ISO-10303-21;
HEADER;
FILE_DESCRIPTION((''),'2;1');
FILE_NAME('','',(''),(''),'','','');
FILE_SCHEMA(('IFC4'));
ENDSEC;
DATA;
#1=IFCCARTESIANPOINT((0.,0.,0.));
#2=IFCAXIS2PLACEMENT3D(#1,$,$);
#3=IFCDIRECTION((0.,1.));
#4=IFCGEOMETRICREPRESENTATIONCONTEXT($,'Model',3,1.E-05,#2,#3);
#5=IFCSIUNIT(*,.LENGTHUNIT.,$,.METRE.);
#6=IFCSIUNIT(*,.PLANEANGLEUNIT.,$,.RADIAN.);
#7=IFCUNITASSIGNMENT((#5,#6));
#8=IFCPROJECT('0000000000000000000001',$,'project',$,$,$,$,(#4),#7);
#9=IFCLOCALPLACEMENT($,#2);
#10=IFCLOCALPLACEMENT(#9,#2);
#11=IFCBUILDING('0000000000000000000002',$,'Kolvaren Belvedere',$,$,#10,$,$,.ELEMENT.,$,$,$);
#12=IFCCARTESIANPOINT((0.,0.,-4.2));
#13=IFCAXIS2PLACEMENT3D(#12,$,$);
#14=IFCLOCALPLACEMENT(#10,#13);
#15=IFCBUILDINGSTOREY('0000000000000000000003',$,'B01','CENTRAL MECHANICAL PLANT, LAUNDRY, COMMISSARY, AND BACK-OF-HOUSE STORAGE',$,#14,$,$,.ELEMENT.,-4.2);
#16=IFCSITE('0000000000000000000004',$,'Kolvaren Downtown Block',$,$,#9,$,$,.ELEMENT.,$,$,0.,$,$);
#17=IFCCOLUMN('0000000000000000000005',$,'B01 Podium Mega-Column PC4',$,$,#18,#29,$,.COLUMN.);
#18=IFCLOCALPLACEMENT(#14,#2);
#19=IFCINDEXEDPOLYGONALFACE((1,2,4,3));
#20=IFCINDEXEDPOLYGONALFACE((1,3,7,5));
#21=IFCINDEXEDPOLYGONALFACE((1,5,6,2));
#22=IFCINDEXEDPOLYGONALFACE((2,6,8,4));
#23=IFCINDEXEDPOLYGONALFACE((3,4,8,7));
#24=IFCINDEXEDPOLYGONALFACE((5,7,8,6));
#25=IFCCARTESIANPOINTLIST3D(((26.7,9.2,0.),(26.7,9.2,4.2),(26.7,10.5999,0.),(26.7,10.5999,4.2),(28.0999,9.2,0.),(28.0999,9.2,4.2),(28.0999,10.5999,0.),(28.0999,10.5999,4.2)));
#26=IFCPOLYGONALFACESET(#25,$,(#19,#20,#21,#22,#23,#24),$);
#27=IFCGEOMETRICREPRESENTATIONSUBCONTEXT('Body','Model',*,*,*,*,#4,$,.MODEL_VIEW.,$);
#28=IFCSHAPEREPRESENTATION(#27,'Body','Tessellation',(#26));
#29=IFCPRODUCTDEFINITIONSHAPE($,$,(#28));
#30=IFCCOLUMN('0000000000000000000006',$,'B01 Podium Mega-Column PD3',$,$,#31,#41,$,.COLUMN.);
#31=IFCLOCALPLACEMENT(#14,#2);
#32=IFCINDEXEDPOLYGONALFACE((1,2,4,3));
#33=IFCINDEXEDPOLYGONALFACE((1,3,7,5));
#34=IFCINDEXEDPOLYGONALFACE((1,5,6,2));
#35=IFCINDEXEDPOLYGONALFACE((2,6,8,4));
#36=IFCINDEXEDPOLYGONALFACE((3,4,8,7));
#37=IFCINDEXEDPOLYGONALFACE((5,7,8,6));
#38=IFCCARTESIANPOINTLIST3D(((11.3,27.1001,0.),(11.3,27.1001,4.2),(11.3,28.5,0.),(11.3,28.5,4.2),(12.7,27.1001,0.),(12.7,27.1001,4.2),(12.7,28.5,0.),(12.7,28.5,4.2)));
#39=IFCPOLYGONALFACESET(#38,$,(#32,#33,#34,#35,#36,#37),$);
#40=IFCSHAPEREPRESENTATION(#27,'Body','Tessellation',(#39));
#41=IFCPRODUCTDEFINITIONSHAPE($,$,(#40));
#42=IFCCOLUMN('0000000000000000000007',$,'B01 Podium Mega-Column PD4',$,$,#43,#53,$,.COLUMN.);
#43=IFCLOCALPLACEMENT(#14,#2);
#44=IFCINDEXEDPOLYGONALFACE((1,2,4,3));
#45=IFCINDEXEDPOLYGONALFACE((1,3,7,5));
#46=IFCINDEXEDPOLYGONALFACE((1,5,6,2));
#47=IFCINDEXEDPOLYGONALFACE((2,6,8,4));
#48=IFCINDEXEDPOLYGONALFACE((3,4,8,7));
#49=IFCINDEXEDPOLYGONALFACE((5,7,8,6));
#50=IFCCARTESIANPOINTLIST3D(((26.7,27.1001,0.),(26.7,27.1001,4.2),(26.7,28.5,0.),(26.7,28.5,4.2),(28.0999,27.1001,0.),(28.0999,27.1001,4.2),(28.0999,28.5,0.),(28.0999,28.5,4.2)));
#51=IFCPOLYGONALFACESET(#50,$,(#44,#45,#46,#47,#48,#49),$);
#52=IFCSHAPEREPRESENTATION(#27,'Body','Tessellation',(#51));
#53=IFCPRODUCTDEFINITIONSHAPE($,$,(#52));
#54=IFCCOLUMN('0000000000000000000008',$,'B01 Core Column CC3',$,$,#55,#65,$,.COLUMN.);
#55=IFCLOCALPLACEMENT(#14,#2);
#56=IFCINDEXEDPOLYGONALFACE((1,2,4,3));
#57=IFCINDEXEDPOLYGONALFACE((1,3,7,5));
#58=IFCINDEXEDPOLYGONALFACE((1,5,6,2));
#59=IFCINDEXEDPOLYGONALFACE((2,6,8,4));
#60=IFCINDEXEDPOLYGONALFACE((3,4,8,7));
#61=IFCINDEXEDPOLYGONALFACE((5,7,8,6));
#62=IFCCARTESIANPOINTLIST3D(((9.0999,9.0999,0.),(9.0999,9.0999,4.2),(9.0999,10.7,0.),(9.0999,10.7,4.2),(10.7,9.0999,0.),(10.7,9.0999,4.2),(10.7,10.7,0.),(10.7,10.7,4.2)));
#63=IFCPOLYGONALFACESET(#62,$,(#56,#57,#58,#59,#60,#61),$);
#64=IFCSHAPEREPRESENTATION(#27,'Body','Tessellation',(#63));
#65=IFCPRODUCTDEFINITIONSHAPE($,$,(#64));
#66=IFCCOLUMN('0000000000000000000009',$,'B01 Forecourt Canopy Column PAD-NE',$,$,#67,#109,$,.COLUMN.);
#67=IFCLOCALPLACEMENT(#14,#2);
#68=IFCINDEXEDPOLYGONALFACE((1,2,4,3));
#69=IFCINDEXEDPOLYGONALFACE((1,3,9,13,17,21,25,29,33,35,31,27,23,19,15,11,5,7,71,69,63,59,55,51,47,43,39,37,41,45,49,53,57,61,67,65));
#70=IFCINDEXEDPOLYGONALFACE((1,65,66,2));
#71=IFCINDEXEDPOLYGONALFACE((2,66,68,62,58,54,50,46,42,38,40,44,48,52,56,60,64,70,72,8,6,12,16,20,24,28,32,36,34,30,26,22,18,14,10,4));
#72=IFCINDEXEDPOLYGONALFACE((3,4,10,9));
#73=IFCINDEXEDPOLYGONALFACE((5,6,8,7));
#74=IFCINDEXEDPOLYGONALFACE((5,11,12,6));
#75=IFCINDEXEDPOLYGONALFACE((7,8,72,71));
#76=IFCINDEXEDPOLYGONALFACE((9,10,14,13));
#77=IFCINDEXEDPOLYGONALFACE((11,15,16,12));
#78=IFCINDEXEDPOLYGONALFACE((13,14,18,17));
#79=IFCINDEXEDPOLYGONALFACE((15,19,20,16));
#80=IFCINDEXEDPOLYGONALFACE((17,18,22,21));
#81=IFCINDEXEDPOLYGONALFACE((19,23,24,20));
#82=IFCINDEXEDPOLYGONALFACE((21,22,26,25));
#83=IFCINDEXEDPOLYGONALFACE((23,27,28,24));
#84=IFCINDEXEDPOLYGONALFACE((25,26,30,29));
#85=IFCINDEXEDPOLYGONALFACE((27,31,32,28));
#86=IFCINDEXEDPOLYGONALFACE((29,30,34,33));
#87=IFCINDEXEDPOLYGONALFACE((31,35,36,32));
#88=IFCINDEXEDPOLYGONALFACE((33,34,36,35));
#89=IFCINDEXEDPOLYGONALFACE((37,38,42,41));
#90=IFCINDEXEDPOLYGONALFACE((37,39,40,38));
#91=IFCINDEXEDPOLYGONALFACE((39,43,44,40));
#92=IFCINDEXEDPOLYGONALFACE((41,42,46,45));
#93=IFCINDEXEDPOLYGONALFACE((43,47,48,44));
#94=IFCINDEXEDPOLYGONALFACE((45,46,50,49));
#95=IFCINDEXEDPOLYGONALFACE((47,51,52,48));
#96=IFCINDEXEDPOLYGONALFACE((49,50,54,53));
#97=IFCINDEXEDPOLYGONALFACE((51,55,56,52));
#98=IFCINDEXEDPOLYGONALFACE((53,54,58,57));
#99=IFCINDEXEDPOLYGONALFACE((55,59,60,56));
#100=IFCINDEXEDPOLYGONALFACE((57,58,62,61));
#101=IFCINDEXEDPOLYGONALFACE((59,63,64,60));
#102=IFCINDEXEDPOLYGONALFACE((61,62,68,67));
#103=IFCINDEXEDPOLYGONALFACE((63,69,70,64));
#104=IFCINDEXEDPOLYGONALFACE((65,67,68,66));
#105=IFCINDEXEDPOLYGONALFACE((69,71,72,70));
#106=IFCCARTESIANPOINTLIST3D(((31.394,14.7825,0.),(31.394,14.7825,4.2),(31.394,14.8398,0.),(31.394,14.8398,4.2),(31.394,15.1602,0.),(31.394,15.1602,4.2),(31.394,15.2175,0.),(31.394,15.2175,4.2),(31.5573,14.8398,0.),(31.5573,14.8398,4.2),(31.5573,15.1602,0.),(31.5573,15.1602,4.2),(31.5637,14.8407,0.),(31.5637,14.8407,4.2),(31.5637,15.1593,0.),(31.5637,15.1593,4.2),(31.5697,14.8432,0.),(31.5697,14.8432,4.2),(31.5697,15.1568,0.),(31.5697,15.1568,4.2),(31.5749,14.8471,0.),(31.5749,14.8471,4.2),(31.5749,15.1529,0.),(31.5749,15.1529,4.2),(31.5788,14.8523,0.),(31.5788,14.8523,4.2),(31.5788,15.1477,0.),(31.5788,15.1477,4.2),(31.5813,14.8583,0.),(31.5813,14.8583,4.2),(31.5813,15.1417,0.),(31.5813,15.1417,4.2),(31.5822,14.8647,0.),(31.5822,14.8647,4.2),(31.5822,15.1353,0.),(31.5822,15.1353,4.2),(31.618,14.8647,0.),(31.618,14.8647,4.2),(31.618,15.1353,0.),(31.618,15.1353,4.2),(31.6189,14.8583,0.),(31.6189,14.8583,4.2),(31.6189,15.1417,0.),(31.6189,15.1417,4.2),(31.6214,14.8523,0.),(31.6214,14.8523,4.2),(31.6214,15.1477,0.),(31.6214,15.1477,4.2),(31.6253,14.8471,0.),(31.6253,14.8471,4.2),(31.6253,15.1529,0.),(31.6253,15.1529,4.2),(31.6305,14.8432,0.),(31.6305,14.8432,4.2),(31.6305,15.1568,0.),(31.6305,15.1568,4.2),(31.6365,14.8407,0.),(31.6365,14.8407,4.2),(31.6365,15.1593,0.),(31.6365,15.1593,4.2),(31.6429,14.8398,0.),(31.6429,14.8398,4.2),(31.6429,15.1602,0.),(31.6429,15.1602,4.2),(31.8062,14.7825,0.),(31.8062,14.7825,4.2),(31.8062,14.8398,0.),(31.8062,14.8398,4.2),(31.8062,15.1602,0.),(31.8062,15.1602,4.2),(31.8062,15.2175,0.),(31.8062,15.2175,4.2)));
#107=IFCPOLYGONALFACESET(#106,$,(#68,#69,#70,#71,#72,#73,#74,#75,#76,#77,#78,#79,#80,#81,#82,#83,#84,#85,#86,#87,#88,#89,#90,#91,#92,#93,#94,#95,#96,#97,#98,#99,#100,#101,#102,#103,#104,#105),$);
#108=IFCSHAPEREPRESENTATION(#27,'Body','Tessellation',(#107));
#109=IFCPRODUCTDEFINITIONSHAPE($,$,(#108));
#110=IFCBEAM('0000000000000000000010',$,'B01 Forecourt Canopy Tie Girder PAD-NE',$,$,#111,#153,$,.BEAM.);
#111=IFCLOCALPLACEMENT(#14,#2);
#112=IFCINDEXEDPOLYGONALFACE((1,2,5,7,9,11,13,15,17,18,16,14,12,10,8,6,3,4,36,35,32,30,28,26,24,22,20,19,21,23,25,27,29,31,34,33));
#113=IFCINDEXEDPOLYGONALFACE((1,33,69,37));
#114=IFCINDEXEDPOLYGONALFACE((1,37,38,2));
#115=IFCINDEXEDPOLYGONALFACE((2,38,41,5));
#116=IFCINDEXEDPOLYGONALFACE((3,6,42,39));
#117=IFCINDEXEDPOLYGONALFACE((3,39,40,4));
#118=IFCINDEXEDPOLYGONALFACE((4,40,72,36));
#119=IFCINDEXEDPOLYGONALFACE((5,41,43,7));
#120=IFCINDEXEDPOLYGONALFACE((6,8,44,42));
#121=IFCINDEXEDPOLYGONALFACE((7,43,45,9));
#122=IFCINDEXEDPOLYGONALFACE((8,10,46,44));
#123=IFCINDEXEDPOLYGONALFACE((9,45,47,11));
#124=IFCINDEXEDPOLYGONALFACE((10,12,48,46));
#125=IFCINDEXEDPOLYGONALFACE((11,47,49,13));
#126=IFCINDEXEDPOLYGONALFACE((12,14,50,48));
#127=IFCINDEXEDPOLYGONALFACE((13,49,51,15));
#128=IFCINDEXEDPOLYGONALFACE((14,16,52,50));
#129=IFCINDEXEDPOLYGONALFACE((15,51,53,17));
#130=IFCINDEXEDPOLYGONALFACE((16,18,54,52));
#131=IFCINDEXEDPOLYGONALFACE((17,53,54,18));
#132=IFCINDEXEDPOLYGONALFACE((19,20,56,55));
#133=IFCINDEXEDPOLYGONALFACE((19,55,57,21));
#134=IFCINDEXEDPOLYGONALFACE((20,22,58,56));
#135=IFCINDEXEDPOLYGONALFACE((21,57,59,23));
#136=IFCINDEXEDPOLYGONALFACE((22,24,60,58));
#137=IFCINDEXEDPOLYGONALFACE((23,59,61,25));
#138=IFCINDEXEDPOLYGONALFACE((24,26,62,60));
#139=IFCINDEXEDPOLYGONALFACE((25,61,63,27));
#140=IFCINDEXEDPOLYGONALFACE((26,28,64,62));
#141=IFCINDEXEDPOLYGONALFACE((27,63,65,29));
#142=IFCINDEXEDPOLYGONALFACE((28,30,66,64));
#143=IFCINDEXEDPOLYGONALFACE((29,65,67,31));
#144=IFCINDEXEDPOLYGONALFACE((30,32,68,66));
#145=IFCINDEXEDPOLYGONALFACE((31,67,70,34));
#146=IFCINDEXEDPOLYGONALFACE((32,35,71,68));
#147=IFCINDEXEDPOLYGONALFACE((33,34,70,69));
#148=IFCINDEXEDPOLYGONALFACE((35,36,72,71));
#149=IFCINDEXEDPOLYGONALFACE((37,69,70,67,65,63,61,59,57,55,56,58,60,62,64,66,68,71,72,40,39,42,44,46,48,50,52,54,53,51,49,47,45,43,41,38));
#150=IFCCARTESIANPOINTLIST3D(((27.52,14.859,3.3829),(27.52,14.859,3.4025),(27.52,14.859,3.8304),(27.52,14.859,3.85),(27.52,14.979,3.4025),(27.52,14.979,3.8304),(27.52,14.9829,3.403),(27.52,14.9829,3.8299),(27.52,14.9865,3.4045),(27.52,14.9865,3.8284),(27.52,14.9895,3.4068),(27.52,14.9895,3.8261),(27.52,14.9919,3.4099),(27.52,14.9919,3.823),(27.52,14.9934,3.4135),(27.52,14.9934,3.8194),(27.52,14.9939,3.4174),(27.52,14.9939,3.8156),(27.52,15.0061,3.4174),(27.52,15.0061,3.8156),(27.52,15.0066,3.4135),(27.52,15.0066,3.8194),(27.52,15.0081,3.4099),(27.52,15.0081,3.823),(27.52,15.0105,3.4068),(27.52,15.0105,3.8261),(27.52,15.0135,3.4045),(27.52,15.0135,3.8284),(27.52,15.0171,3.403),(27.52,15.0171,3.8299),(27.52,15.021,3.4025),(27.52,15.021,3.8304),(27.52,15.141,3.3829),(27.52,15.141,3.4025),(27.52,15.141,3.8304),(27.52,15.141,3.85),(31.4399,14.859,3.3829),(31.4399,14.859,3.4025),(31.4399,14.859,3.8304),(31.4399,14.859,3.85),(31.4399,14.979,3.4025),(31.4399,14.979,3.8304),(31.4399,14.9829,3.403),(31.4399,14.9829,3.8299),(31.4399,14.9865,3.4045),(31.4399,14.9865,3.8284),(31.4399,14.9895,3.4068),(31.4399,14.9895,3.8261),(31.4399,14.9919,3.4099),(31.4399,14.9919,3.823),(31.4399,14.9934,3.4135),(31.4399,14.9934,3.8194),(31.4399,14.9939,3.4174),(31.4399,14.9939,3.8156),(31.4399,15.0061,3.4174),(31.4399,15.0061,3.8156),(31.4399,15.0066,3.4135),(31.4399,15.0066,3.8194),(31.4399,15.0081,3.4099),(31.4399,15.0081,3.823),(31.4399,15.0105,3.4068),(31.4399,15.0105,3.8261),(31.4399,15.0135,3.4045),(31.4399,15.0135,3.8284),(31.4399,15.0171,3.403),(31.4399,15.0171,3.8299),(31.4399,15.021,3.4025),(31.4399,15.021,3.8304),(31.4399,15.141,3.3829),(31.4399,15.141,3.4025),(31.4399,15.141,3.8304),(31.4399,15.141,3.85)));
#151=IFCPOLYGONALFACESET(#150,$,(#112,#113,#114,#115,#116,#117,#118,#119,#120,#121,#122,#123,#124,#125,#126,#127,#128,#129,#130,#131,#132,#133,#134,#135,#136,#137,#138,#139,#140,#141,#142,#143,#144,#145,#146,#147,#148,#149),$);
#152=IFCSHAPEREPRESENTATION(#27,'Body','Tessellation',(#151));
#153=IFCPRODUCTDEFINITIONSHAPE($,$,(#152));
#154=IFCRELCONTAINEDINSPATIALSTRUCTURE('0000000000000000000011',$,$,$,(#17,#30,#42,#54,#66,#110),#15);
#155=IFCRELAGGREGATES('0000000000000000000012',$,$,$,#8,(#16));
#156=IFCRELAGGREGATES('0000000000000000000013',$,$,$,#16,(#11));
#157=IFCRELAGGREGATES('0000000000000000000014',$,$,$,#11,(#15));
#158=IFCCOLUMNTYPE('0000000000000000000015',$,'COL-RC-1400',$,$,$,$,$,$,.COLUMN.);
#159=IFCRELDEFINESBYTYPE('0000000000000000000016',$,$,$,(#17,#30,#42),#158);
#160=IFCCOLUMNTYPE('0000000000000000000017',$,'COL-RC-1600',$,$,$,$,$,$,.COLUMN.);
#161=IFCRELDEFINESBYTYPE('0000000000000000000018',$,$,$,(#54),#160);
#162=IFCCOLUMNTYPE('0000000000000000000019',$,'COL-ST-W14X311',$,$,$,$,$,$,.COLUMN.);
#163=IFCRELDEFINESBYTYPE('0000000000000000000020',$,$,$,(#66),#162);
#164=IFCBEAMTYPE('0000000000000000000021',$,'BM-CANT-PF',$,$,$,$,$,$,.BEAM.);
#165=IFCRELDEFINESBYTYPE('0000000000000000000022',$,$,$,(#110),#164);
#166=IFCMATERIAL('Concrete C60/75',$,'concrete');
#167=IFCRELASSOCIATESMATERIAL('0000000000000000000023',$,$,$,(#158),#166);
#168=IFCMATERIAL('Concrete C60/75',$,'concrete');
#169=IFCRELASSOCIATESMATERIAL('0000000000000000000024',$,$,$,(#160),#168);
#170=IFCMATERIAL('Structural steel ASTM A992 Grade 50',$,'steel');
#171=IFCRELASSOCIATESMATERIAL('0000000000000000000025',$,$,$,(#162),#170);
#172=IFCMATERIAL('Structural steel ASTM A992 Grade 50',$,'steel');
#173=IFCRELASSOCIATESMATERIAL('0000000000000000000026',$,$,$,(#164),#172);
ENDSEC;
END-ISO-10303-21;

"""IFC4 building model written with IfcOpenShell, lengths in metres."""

from ifc_helpers import new_model, si_unit, direction, frame, origin, origin_2d, place, context, subcontext, project, spatial, rectangle, i_section, extrude, material, material_profile, profile_set, type_object, element, save


model = new_model("IFC4")

# Units and contexts
model_context = context("Model", 3, precision=1e-05, world=origin(), true_north=direction((0.0, 1.0)))
body_context = subcontext(model_context, "Body", "Model", "MODEL_VIEW")
ifc_project = project(units=[si_unit("LENGTHUNIT", "METRE"), si_unit("PLANEANGLEUNIT", "RADIAN")], contexts=[model_context])

# Site, building, storey
site_placement = place(None, origin())
site = spatial("IfcSite", under=ifc_project, at=site_placement, Name="Kolvaren Downtown Block", CompositionType="ELEMENT", RefElevation=0.0)
building_placement = place(site_placement, origin())
building = spatial("IfcBuilding", under=site, at=building_placement, Name="Kolvaren Belvedere", CompositionType="ELEMENT")
storey_placement = place(building_placement, frame((0.0, 0.0, -4.2)))
storey = spatial("IfcBuildingStorey", under=building, at=storey_placement, Name="B01", Description="CENTRAL MECHANICAL PLANT, LAUNDRY, COMMISSARY, AND BACK-OF-HOUSE STORAGE", CompositionType="ELEMENT", Elevation=-4.2)

# Columns
ifc_material_1 = material(Name="Concrete C60/75", Category="concrete")
ifc_material_profile_1 = material_profile(ifc_material_1, rectangle(XDim=1.3999, YDim=1.3999, at=origin_2d()), Name="RC 1400X1400")
ifc_profile_set_1 = profile_set([ifc_material_profile_1], Name="Concrete C60/75")
column_type_1 = type_object("IfcColumnType", Name="COL-RC-1400", PredefinedType="COLUMN", material=ifc_profile_set_1)
for number, where, z_axis, x_axis, name in (
    (1, (27.3999, 9.8999, 0.0), (0.0, 0.0, 1.0), (1.0, 0.0, 0.0), "B01 Podium Mega-Column PC4"),
    (2, (12.0, 27.8, 0.0), (0.0, 0.0, 1.0), (1.0, 0.0, 0.0), "B01 Podium Mega-Column PD3"),
    (3, (27.3999, 27.8, 0.0), (0.0, 0.0, 1.0), (1.0, 0.0, 0.0), "B01 Podium Mega-Column PD4"),
):
    element("IfcColumn", number, at=place(storey_placement, frame(where, z_axis=z_axis, x_axis=x_axis)), inside=storey, type_object=column_type_1, Name=name, PredefinedType="COLUMN", context=body_context, shape_type="SweptSolid", body=[
        extrude(rectangle(XDim=1.3999, YDim=1.3999, at=origin_2d()), origin(), (0.0, 0.0, 1.0), 4.2),
    ])
ifc_material_2 = material(Name="Concrete C60/75", Category="concrete")
ifc_material_profile_2 = material_profile(ifc_material_2, rectangle(XDim=1.6001, YDim=1.6001, at=origin_2d()), Name="RC 1600X1600")
ifc_profile_set_2 = profile_set([ifc_material_profile_2], Name="Concrete C60/75")
column_type_2 = type_object("IfcColumnType", Name="COL-RC-1600", PredefinedType="COLUMN", material=ifc_profile_set_2)
column_1_placement = place(storey_placement, frame((9.8999, 9.8999, 0.0), z_axis=(0.0, 0.0, 1.0), x_axis=(1.0, 0.0, 0.0)))
element("IfcColumn", 4, at=column_1_placement, inside=storey, type_object=column_type_2, Name="B01 Core Column CC3", PredefinedType="COLUMN", context=body_context, shape_type="SweptSolid", body=[
    extrude(rectangle(XDim=1.6001, YDim=1.6001, at=origin_2d()), origin(), (0.0, 0.0, 1.0), 4.2),
])
ifc_material_3 = material(Name="Structural steel ASTM A992 Grade 50", Category="steel")
ifc_material_profile_3 = material_profile(ifc_material_3, i_section(OverallWidth=0.4121, OverallDepth=0.4351, WebThickness=0.0359, FlangeThickness=0.0574, FilletRadius=0.0249, at=origin_2d()), Name="W14X311")
ifc_profile_set_3 = profile_set([ifc_material_profile_3], Name="Structural steel ASTM A992 Grade 50")
column_type_3 = type_object("IfcColumnType", Name="COL-ST-W14X311", PredefinedType="COLUMN", material=ifc_profile_set_3)
column_2_placement = place(storey_placement, frame((31.6001, 15.0, 0.0), z_axis=(0.0, 0.0, 1.0), x_axis=(1.0, 0.0, 0.0)))
element("IfcColumn", 5, at=column_2_placement, inside=storey, type_object=column_type_3, Name="B01 Forecourt Canopy Column PAD-NE", PredefinedType="COLUMN", context=body_context, shape_type="SweptSolid", body=[
    extrude(i_section(OverallWidth=0.4121, OverallDepth=0.4351, WebThickness=0.0359, FlangeThickness=0.0574, FilletRadius=0.0249, at=origin_2d()), origin(), (0.0, 0.0, 1.0), 4.2),
])

# Beam
ifc_material_4 = material(Name="Structural steel ASTM A992 Grade 50", Category="steel")
ifc_material_profile_4 = material_profile(ifc_material_4, i_section(OverallWidth=0.282, OverallDepth=0.467, WebThickness=0.0122, FlangeThickness=0.0195, FilletRadius=0.0149, at=origin_2d()), Name="W18X86")
ifc_profile_set_4 = profile_set([ifc_material_profile_4], Name="Structural steel ASTM A992 Grade 50")
beam_type_1 = type_object("IfcBeamType", Name="BM-CANT-PF", PredefinedType="BEAM", material=ifc_profile_set_4)
beam_1_placement = place(storey_placement, frame((31.4399, 15.0, 3.6165), z_axis=(-1.0, 0.0, 0.0), x_axis=(0.0, -1.0, 0.0)))
element("IfcBeam", 6, at=beam_1_placement, inside=storey, type_object=beam_type_1, Name="B01 Forecourt Canopy Tie Girder PAD-NE", PredefinedType="BEAM", context=body_context, shape_type="SweptSolid", body=[
    extrude(i_section(OverallWidth=0.282, OverallDepth=0.467, WebThickness=0.0122, FlangeThickness=0.0195, FilletRadius=0.0149, at=origin_2d()), origin(), (0.0, 0.0, 1.0), 3.9199),
])

save(model, "model.ifc")
